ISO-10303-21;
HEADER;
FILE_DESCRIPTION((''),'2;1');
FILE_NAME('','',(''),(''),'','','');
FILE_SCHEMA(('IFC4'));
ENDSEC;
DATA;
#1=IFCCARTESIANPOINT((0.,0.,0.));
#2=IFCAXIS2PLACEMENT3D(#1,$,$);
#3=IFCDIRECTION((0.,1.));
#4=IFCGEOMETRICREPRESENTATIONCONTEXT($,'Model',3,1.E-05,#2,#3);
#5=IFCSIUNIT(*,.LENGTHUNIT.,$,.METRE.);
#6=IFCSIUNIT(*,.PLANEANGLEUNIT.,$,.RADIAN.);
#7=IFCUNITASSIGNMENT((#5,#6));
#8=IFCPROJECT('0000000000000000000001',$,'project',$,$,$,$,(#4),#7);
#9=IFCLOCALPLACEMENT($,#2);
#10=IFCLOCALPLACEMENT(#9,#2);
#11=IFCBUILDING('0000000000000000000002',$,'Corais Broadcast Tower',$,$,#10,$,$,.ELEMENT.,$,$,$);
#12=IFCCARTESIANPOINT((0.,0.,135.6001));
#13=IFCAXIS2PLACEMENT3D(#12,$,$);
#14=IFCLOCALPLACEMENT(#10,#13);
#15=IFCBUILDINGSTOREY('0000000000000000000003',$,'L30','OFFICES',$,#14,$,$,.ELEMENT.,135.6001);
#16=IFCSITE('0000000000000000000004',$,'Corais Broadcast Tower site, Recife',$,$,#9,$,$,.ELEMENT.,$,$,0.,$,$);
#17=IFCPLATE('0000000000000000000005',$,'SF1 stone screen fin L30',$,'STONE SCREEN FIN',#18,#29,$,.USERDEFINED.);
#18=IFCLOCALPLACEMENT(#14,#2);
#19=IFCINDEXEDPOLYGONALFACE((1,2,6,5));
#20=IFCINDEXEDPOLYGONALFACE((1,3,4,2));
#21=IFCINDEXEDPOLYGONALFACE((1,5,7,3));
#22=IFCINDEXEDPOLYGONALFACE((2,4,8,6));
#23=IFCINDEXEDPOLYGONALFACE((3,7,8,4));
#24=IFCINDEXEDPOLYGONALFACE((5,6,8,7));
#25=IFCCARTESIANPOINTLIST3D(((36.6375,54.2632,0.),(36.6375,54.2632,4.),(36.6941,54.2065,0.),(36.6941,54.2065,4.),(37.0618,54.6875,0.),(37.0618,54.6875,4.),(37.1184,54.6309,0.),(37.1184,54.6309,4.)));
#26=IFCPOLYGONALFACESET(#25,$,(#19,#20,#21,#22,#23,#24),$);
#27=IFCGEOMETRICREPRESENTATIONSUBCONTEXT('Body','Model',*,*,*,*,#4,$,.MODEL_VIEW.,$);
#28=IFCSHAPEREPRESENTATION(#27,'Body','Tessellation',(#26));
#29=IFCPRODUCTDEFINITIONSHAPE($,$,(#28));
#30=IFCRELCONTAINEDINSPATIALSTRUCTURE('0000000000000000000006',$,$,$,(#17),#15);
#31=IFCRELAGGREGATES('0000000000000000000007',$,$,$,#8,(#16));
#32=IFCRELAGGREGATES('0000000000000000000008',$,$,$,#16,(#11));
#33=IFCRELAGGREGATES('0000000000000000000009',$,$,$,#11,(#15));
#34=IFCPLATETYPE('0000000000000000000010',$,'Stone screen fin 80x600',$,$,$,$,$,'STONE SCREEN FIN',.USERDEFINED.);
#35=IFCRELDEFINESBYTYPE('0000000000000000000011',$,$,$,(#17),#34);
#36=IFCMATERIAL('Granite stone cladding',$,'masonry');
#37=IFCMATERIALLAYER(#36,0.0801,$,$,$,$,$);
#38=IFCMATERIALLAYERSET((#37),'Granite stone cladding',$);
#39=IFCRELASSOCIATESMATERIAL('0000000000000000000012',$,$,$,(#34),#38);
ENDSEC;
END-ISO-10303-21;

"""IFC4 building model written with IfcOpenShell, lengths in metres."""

from ifc_helpers import new_model, si_unit, direction, frame, origin, origin_2d, place, context, subcontext, project, spatial, rectangle, extrude, material, layer, layer_set, type_object, element, save


model = new_model("IFC4")

# Units and contexts
model_context = context("Model", 3, precision=1e-05, world=origin(), true_north=direction((0.0, 1.0)))
body_context = subcontext(model_context, "Body", "Model", "MODEL_VIEW")
ifc_project = project(units=[si_unit("LENGTHUNIT", "METRE"), si_unit("PLANEANGLEUNIT", "RADIAN")], contexts=[model_context])

# Site, building, storey
site_placement = place(None, origin())
site = spatial("IfcSite", under=ifc_project, at=site_placement, Name="Corais Broadcast Tower site, Recife", CompositionType="ELEMENT", RefElevation=0.0)
building_placement = place(site_placement, origin())
building = spatial("IfcBuilding", under=site, at=building_placement, Name="Corais Broadcast Tower", CompositionType="ELEMENT")
storey_placement = place(building_placement, frame((0.0, 0.0, 135.6001)))
storey = spatial("IfcBuildingStorey", under=building, at=storey_placement, Name="L30", Description="OFFICES", CompositionType="ELEMENT", Elevation=135.6001)

# Plate
ifc_material_1 = material(Name="Granite stone cladding", Category="masonry")
ifc_layer_1 = layer(ifc_material_1, 0.0801)
ifc_layer_set_1 = layer_set([ifc_layer_1], Name="Granite stone cladding")
plate_type_1 = type_object("IfcPlateType", Name="Stone screen fin 80x600", ElementType="STONE SCREEN FIN", PredefinedType="USERDEFINED", material=ifc_layer_set_1)
plate_1_placement = place(storey_placement, frame((36.8779, 54.447, 0.0), z_axis=(0.0, 0.0, 1.0), x_axis=(0.707107, -0.707107, 0.0)))
element("IfcPlate", 1, at=plate_1_placement, inside=storey, type_object=plate_type_1, Name="SF1 stone screen fin L30", ObjectType="STONE SCREEN FIN", PredefinedType="USERDEFINED", context=body_context, shape_type="SweptSolid", body=[
    extrude(rectangle(XDim=0.0801, YDim=0.6001, at=origin_2d()), origin(), (0.0, 0.0, 1.0), 4.0),
])

save(model, "model.ifc")
